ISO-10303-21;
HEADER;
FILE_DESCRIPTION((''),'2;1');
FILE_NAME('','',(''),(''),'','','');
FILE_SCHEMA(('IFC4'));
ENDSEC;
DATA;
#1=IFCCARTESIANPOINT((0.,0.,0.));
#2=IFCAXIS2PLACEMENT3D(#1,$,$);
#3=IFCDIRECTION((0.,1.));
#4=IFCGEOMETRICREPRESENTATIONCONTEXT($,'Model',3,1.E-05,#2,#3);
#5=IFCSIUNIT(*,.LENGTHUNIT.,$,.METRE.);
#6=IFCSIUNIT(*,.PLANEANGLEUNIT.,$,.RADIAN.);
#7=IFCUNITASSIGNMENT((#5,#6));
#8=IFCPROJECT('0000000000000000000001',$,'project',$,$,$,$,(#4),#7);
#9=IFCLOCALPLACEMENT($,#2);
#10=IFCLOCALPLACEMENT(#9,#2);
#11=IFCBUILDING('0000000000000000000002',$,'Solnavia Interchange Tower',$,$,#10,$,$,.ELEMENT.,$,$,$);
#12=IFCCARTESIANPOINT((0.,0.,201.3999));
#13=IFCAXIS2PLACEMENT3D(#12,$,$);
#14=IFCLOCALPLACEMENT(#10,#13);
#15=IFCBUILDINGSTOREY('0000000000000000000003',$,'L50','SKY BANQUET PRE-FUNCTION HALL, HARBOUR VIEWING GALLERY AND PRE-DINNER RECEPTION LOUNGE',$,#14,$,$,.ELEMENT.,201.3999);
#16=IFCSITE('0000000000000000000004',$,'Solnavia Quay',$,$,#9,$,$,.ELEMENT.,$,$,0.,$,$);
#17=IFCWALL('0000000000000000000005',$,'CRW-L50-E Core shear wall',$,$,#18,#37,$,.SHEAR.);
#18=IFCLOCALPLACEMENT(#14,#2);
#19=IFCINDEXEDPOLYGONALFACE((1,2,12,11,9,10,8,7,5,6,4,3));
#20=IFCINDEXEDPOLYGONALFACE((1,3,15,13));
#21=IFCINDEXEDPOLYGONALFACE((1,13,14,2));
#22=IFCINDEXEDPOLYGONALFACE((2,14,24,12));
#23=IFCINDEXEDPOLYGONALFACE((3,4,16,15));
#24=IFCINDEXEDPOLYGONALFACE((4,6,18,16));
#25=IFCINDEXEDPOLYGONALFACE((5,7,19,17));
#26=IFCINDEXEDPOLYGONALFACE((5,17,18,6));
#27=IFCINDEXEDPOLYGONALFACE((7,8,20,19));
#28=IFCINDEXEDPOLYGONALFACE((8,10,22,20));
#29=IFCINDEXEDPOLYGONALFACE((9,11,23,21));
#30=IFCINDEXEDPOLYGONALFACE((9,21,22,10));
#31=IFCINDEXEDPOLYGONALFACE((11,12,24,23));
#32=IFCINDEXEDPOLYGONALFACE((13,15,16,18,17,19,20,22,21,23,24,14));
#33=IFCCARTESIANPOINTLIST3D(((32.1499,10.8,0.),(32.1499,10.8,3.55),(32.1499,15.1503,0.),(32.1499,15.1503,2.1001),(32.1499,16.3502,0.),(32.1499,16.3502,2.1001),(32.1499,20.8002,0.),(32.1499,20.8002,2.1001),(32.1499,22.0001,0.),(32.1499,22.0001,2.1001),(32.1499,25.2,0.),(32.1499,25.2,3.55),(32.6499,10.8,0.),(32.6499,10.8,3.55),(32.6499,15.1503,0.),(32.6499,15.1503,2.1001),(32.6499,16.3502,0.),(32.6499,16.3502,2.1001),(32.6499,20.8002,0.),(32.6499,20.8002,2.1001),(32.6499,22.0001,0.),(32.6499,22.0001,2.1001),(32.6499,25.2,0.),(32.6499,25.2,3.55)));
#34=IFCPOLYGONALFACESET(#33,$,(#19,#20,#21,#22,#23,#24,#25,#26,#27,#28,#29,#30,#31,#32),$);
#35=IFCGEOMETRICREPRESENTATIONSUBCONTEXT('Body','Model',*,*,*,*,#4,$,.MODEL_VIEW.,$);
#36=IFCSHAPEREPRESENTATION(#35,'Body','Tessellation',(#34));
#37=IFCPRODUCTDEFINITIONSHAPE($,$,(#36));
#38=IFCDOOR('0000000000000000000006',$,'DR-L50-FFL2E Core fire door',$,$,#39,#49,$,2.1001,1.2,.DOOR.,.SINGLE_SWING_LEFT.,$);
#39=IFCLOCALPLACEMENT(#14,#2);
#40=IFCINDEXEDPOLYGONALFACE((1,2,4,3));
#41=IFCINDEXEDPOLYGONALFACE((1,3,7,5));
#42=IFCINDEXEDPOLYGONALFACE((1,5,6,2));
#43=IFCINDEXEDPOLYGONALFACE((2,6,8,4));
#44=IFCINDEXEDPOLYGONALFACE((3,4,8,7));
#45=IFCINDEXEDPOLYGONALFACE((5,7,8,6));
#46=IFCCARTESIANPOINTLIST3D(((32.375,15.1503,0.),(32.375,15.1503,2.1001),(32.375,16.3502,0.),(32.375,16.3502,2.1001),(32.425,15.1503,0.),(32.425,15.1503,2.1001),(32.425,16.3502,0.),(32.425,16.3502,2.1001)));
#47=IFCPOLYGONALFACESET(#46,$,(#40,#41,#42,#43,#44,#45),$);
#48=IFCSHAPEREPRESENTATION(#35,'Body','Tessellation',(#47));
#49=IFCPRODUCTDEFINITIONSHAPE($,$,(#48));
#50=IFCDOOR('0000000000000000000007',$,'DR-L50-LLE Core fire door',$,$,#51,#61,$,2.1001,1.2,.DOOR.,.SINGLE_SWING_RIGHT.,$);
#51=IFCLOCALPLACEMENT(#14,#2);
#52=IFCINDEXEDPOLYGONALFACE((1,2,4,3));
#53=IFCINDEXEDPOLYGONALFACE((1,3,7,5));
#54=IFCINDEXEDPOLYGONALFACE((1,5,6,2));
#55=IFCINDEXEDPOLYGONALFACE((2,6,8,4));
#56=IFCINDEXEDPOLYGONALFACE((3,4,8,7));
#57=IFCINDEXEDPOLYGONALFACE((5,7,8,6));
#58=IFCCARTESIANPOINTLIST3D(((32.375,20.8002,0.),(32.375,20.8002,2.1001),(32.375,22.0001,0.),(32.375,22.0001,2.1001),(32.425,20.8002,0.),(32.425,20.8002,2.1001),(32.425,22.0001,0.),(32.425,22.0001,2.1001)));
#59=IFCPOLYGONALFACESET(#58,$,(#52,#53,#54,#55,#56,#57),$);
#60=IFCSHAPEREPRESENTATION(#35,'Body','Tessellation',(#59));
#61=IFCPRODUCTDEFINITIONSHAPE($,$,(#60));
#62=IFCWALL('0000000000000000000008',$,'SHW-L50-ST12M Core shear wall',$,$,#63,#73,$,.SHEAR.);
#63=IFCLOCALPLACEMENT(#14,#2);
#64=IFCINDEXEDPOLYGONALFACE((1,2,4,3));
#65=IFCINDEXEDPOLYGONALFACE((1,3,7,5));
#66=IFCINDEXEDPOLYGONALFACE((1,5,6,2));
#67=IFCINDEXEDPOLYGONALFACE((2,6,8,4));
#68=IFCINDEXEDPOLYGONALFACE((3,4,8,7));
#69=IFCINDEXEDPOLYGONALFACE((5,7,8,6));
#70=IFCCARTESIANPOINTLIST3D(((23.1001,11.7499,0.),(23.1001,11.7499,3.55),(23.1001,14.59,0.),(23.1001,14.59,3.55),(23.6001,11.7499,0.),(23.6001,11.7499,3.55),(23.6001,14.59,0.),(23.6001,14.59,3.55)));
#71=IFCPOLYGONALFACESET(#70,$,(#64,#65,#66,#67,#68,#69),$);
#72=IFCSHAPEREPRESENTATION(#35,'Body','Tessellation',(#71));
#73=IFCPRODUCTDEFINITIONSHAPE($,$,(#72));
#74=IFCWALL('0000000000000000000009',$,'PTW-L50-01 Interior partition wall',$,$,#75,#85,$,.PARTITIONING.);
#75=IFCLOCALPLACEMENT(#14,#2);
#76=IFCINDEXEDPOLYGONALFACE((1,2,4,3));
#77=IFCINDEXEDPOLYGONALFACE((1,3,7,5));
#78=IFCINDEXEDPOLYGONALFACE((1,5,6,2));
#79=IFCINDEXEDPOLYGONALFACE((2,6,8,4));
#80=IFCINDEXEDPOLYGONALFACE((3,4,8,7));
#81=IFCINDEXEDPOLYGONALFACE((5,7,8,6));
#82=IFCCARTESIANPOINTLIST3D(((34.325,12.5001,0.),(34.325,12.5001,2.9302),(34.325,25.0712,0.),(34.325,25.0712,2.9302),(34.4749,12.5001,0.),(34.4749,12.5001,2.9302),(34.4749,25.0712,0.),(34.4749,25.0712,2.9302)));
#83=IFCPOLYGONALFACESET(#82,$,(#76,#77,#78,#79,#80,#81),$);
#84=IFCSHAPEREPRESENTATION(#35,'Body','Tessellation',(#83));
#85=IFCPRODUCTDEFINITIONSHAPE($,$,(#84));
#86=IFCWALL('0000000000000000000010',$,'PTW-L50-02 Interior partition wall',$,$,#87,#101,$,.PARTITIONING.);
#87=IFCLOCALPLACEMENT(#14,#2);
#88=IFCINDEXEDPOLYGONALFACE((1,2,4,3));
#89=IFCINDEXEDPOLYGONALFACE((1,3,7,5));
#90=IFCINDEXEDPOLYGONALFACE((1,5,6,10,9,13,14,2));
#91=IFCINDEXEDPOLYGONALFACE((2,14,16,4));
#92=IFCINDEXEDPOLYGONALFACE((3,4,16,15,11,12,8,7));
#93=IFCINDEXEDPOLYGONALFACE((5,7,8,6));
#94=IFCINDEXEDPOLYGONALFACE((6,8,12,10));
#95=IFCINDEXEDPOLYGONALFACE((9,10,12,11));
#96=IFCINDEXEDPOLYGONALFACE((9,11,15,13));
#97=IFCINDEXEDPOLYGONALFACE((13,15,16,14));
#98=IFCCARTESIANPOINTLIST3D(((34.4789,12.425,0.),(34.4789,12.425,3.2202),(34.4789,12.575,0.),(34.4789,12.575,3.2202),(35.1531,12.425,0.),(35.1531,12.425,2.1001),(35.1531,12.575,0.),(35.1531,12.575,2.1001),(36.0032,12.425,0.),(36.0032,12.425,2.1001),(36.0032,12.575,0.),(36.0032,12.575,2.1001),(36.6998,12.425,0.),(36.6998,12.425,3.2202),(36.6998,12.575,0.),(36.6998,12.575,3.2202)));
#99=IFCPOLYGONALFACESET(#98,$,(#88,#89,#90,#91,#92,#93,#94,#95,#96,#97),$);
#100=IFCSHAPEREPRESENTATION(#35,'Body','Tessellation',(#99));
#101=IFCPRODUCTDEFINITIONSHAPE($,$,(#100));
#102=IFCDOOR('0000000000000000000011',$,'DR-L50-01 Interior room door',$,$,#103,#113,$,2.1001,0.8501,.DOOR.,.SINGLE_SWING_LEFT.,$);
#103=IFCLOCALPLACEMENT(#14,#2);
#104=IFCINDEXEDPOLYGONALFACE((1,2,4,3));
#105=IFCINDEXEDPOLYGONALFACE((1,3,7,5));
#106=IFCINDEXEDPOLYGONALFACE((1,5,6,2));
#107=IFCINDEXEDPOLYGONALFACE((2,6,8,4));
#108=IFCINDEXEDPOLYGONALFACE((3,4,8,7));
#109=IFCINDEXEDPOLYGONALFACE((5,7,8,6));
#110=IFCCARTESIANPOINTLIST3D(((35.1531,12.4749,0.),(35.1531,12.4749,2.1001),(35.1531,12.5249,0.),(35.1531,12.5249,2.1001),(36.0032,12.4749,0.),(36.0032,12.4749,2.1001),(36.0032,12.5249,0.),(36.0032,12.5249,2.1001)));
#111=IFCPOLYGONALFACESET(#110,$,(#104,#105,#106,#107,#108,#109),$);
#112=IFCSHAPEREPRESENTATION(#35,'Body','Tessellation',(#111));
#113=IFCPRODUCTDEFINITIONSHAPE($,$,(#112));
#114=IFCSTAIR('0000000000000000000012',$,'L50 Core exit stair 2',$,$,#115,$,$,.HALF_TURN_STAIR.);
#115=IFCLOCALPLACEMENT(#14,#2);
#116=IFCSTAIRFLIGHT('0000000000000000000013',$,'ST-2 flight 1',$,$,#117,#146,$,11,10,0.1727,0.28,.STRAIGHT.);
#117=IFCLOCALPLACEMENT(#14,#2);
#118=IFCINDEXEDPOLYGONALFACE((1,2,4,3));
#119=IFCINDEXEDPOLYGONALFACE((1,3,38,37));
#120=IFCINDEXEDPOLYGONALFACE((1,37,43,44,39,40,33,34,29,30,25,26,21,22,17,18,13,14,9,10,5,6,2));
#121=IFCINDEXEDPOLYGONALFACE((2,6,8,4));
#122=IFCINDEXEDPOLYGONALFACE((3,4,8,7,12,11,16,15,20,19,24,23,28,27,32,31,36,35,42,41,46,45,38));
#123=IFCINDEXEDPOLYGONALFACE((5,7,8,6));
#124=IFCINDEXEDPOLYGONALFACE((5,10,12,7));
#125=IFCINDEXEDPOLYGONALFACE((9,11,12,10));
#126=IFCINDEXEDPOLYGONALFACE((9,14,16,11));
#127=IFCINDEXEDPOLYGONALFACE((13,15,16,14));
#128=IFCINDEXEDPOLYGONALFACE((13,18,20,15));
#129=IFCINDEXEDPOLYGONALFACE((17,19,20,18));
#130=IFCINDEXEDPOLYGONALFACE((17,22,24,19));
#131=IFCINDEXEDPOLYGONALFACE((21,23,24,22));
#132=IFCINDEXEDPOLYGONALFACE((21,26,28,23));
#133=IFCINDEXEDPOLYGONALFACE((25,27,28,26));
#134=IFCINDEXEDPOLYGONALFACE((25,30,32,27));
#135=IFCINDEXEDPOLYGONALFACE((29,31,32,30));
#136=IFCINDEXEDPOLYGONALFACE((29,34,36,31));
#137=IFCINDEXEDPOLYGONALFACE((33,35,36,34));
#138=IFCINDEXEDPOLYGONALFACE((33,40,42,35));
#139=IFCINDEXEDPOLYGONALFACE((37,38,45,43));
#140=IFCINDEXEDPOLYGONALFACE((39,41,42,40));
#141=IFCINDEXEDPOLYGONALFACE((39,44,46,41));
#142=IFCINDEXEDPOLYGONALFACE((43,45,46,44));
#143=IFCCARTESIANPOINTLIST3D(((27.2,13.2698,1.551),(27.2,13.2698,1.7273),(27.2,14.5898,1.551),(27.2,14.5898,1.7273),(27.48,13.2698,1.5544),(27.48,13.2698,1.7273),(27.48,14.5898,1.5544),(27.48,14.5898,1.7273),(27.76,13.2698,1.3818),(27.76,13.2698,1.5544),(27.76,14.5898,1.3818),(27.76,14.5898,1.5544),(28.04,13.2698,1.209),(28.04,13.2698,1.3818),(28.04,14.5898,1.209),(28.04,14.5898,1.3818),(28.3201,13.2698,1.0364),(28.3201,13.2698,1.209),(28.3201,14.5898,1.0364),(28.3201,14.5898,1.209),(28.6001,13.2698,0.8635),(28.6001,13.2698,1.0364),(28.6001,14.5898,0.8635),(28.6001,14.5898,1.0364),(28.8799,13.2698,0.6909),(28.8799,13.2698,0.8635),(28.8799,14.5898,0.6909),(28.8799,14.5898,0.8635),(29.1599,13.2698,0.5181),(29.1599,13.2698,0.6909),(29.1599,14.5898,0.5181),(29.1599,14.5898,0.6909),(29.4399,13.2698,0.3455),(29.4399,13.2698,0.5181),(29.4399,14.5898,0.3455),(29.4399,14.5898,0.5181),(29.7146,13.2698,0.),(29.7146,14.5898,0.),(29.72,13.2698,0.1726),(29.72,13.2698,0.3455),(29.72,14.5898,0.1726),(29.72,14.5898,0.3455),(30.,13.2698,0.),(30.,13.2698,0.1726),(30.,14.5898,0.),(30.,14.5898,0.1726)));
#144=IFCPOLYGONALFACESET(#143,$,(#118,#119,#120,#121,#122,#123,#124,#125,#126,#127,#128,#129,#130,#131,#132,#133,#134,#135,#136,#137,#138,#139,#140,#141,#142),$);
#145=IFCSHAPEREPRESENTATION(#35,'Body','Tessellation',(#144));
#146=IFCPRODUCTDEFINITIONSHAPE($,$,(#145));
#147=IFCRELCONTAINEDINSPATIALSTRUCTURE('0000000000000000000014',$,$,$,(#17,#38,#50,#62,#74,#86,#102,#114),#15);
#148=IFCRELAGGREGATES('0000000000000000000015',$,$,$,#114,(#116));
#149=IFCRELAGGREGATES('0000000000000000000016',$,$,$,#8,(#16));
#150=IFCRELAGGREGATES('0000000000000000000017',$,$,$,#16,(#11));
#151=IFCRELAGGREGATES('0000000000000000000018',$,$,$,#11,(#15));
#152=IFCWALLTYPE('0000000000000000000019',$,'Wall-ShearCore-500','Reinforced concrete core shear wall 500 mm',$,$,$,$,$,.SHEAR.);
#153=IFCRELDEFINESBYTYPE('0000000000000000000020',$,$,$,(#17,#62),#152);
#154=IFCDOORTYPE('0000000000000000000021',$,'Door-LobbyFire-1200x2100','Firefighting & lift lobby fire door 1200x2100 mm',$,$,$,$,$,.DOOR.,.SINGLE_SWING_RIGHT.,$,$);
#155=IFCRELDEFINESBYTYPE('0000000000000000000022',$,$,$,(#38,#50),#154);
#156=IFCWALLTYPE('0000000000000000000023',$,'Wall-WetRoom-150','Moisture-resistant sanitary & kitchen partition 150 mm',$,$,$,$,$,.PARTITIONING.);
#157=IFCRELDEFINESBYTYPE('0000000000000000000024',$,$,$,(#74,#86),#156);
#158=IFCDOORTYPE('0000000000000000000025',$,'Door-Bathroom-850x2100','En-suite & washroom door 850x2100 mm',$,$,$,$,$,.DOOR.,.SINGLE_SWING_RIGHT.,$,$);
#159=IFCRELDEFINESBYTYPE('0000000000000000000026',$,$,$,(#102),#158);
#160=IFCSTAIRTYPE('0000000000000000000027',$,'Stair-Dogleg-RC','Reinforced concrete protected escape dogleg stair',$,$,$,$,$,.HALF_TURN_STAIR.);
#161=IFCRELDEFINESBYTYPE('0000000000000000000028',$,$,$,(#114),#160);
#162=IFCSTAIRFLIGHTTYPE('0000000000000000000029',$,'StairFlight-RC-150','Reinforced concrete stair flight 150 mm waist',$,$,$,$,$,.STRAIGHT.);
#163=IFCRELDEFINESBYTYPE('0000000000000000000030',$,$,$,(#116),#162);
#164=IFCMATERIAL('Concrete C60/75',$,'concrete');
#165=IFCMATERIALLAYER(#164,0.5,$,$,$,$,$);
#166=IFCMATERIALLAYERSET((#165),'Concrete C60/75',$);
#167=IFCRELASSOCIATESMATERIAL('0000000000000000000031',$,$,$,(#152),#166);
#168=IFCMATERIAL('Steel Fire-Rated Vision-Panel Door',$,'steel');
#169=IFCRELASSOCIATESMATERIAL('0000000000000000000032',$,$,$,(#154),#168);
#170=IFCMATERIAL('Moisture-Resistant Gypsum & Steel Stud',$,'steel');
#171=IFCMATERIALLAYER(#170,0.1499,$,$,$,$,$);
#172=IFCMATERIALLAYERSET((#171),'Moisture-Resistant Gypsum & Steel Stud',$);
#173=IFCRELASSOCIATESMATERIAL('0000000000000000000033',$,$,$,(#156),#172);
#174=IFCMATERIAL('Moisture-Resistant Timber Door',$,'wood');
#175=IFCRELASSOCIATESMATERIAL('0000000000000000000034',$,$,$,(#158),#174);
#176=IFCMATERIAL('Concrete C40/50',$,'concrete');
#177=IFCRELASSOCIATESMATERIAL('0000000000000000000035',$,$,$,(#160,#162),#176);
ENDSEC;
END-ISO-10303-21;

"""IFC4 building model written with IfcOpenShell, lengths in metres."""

from ifc_helpers import new_model, si_unit, direction, frame, frame_2d, origin, place, context, subcontext, project, spatial, polyline, rectangle, outline, extrude, material, layer, layer_set, type_object, element, fill, aggregate, save


model = new_model("IFC4")

# Units and contexts
model_context = context("Model", 3, precision=1e-05, world=origin(), true_north=direction((0.0, 1.0)))
body_context = subcontext(model_context, "Body", "Model", "MODEL_VIEW")
ifc_project = project(units=[si_unit("LENGTHUNIT", "METRE"), si_unit("PLANEANGLEUNIT", "RADIAN")], contexts=[model_context])

# Site, building, storey
site_placement = place(None, origin())
site = spatial("IfcSite", under=ifc_project, at=site_placement, Name="Solnavia Quay", CompositionType="ELEMENT", RefElevation=0.0)
building_placement = place(site_placement, origin())
building = spatial("IfcBuilding", under=site, at=building_placement, Name="Solnavia Interchange Tower", CompositionType="ELEMENT")
storey_placement = place(building_placement, frame((0.0, 0.0, 201.3999)))
storey = spatial("IfcBuildingStorey", under=building, at=storey_placement, Name="L50", Description="SKY BANQUET PRE-FUNCTION HALL, HARBOUR VIEWING GALLERY AND PRE-DINNER RECEPTION LOUNGE", CompositionType="ELEMENT", Elevation=201.3999)

# Shared definitions
ifc_material_1 = material(Name="Concrete C40/50", Category="concrete")

# Wall, openings, doors
ifc_material_2 = material(Name="Concrete C60/75", Category="concrete")
ifc_layer_1 = layer(ifc_material_2, 0.5)
ifc_layer_set_1 = layer_set([ifc_layer_1], Name="Concrete C60/75")
wall_type_1 = type_object("IfcWallType", Name="Wall-ShearCore-500", Description="Reinforced concrete core shear wall 500 mm", PredefinedType="SHEAR", material=ifc_layer_set_1)
wall_1_placement = place(storey_placement, frame((32.3999, 10.8, 0.0), z_axis=(0.0, 0.0, 1.0), x_axis=(0.0, 1.0, 0.0)))
wall_1 = element("IfcWall", 1, at=wall_1_placement, inside=storey, type_object=wall_type_1, Name="CRW-L50-E Core shear wall", PredefinedType="SHEAR", context=body_context, shape_type="SweptSolid", body=[
    extrude(rectangle(XDim=14.3999, YDim=0.5, at=frame_2d((7.2, 0.0))), origin(), (0.0, 0.0, 1.0), 3.55),
])
opening_1_placement = place(wall_1_placement, frame((4.3501, 0.0, 0.0)))
opening_1 = element("IfcOpeningElement", 2, at=opening_1_placement, cuts=wall_1, PredefinedType="OPENING", context=body_context, shape_type="SweptSolid", body=[
    extrude(rectangle(XDim=1.2, YDim=2.1001, at=frame_2d((0.6001, 1.05))), frame((0.0, 0.26, 0.0), z_axis=(0.0, -1.0, 0.0), x_axis=(1.0, 0.0, 0.0)), (0.0, 0.0, 1.0), 0.52),
])
opening_2_placement = place(wall_1_placement, frame((10.0, 0.0, 0.0)))
opening_2 = element("IfcOpeningElement", 3, at=opening_2_placement, cuts=wall_1, PredefinedType="OPENING", context=body_context, shape_type="SweptSolid", body=[
    extrude(rectangle(XDim=1.2, YDim=2.1001, at=frame_2d((0.6001, 1.05))), frame((0.0, 0.26, 0.0), z_axis=(0.0, -1.0, 0.0), x_axis=(1.0, 0.0, 0.0)), (0.0, 0.0, 1.0), 0.52),
])
ifc_material_3 = material(Name="Steel Fire-Rated Vision-Panel Door", Category="steel")
door_type_1 = type_object("IfcDoorType", Name="Door-LobbyFire-1200x2100", Description="Firefighting & lift lobby fire door 1200x2100 mm", OperationType="SINGLE_SWING_RIGHT", PredefinedType="DOOR", material=ifc_material_3)
door_1_placement = place(opening_1_placement, origin())
door_1 = element("IfcDoor", 4, at=door_1_placement, inside=storey, type_object=door_type_1, Name="DR-L50-FFL2E Core fire door", OperationType="SINGLE_SWING_LEFT", OverallHeight=2.1001, OverallWidth=1.2, PredefinedType="DOOR", context=body_context, shape_type="SweptSolid", body=[
    extrude(rectangle(XDim=1.2, YDim=2.1001, at=frame_2d((0.6001, 1.05))), frame((0.0, 0.0249, 0.0), z_axis=(0.0, -1.0, 0.0), x_axis=(1.0, 0.0, 0.0)), (0.0, 0.0, 1.0), 0.05),
])
fill(opening_1, door_1)
door_2_placement = place(opening_2_placement, origin())
door_2 = element("IfcDoor", 5, at=door_2_placement, inside=storey, type_object=door_type_1, Name="DR-L50-LLE Core fire door", OperationType="SINGLE_SWING_RIGHT", OverallHeight=2.1001, OverallWidth=1.2, PredefinedType="DOOR", context=body_context, shape_type="SweptSolid", body=[
    extrude(rectangle(XDim=1.2, YDim=2.1001, at=frame_2d((0.6001, 1.05))), frame((0.0, 0.0249, 0.0), z_axis=(0.0, -1.0, 0.0), x_axis=(1.0, 0.0, 0.0)), (0.0, 0.0, 1.0), 0.05),
])
fill(opening_2, door_2)

# Walls
wall_2_placement = place(storey_placement, frame((23.3501, 11.75, 0.0), z_axis=(0.0, 0.0, 1.0), x_axis=(0.0, 1.0, 0.0)))
element("IfcWall", 6, at=wall_2_placement, inside=storey, type_object=wall_type_1, Name="SHW-L50-ST12M Core shear wall", PredefinedType="SHEAR", context=body_context, shape_type="SweptSolid", body=[
    extrude(rectangle(XDim=2.8401, YDim=0.5, at=frame_2d((1.4199, 0.0))), origin(), (0.0, 0.0, 1.0), 3.55),
])
ifc_material_4 = material(Name="Moisture-Resistant Gypsum & Steel Stud", Category="steel")
ifc_layer_2 = layer(ifc_material_4, 0.1499)
ifc_layer_set_2 = layer_set([ifc_layer_2], Name="Moisture-Resistant Gypsum & Steel Stud")
wall_type_2 = type_object("IfcWallType", Name="Wall-WetRoom-150", Description="Moisture-resistant sanitary & kitchen partition 150 mm", PredefinedType="PARTITIONING", material=ifc_layer_set_2)
wall_3_placement = place(storey_placement, frame((34.3999, 12.5, 0.0), z_axis=(0.0, 0.0, 1.0), x_axis=(0.0, 1.0, 0.0)))
element("IfcWall", 7, at=wall_3_placement, inside=storey, type_object=wall_type_2, Name="PTW-L50-01 Interior partition wall", PredefinedType="PARTITIONING", context=body_context, shape_type="SweptSolid", body=[
    extrude(rectangle(XDim=12.571, YDim=0.1499, at=frame_2d((6.2856, 0.0))), origin(), (0.0, 0.0, 1.0), 2.9302),
])

# Wall, opening, door
wall_4_placement = place(storey_placement, frame((34.479, 12.5, 0.0), z_axis=(0.0, 0.0, 1.0), x_axis=(1.0, 0.0, 0.0)))
wall_4 = element("IfcWall", 8, at=wall_4_placement, inside=storey, type_object=wall_type_2, Name="PTW-L50-02 Interior partition wall", PredefinedType="PARTITIONING", context=body_context, shape_type="SweptSolid", body=[
    extrude(rectangle(XDim=2.2209, YDim=0.1499, at=frame_2d((1.1104, 0.0))), origin(), (0.0, 0.0, 1.0), 3.2202),
])
opening_3_placement = place(wall_4_placement, frame((0.6741, 0.0, 0.0)))
opening_3 = element("IfcOpeningElement", 9, at=opening_3_placement, cuts=wall_4, PredefinedType="OPENING", context=body_context, shape_type="SweptSolid", body=[
    extrude(rectangle(XDim=0.8501, YDim=2.1001, at=frame_2d((0.425, 1.05))), frame((0.0, 0.085, 0.0), z_axis=(0.0, -1.0, 0.0), x_axis=(1.0, 0.0, 0.0)), (0.0, 0.0, 1.0), 0.1699),
])
ifc_material_5 = material(Name="Moisture-Resistant Timber Door", Category="wood")
door_type_2 = type_object("IfcDoorType", Name="Door-Bathroom-850x2100", Description="En-suite & washroom door 850x2100 mm", OperationType="SINGLE_SWING_RIGHT", PredefinedType="DOOR", material=ifc_material_5)
door_3_placement = place(opening_3_placement, origin())
door_3 = element("IfcDoor", 10, at=door_3_placement, inside=storey, type_object=door_type_2, Name="DR-L50-01 Interior room door", OperationType="SINGLE_SWING_LEFT", OverallHeight=2.1001, OverallWidth=0.8501, PredefinedType="DOOR", context=body_context, shape_type="SweptSolid", body=[
    extrude(rectangle(XDim=0.8501, YDim=2.1001, at=frame_2d((0.425, 1.05))), frame((0.0, 0.0249, 0.0), z_axis=(0.0, -1.0, 0.0), x_axis=(1.0, 0.0, 0.0)), (0.0, 0.0, 1.0), 0.05),
])
fill(opening_3, door_3)

# Stair, stair flight
stair_type = type_object("IfcStairType", Name="Stair-Dogleg-RC", Description="Reinforced concrete protected escape dogleg stair", PredefinedType="HALF_TURN_STAIR", material=ifc_material_1)
stair_placement = place(storey_placement, origin())
stair = element("IfcStair", 11, at=stair_placement, inside=storey, type_object=stair_type, Name="L50 Core exit stair 2", PredefinedType="HALF_TURN_STAIR")
stair_flight_type = type_object("IfcStairFlightType", Name="StairFlight-RC-150", Description="Reinforced concrete stair flight 150 mm waist", PredefinedType="STRAIGHT", material=ifc_material_1)
stair_flight_1_placement = place(storey_placement, frame((30.0, 13.9299, 0.0), z_axis=(0.0, 0.0, 1.0), x_axis=(-1.0, 0.0, 0.0)))
stair_flight_1 = element("IfcStairFlight", 12, at=stair_flight_1_placement, type_object=stair_flight_type, Name="ST-2 flight 1", NumberOfRisers=11, NumberOfTreads=10, PredefinedType="STRAIGHT", RiserHeight=0.1727, TreadLength=0.28, context=body_context, shape_type="SweptSolid", body=[
    extrude(outline(polyline([(0.0, 0.0), (0.0, 0.1726), (0.28, 0.1726), (0.28, 0.3455), (0.5601, 0.3455), (0.5601, 0.5181), (0.8401, 0.5181), (0.8401, 0.6909), (1.1201, 0.6909), (1.1201, 0.8635), (1.3999, 0.8635), (1.3999, 1.0364), (1.6799, 1.0364), (1.6799, 1.209), (1.96, 1.209), (1.96, 1.3818), (2.24, 1.3818), (2.24, 1.5544), (2.52, 1.5544), (2.52, 1.7273), (2.8, 1.7273), (2.8, 1.8999), (2.8, 1.551), (0.2854, 0.0), (0.0, 0.0)])), frame((0.0, 0.6602, 0.0), z_axis=(0.0, -1.0, 0.0), x_axis=(1.0, 0.0, 0.0)), (0.0, 0.0, 1.0), 1.3201),
])
aggregate(stair, [stair_flight_1])

save(model, "model.ifc")
